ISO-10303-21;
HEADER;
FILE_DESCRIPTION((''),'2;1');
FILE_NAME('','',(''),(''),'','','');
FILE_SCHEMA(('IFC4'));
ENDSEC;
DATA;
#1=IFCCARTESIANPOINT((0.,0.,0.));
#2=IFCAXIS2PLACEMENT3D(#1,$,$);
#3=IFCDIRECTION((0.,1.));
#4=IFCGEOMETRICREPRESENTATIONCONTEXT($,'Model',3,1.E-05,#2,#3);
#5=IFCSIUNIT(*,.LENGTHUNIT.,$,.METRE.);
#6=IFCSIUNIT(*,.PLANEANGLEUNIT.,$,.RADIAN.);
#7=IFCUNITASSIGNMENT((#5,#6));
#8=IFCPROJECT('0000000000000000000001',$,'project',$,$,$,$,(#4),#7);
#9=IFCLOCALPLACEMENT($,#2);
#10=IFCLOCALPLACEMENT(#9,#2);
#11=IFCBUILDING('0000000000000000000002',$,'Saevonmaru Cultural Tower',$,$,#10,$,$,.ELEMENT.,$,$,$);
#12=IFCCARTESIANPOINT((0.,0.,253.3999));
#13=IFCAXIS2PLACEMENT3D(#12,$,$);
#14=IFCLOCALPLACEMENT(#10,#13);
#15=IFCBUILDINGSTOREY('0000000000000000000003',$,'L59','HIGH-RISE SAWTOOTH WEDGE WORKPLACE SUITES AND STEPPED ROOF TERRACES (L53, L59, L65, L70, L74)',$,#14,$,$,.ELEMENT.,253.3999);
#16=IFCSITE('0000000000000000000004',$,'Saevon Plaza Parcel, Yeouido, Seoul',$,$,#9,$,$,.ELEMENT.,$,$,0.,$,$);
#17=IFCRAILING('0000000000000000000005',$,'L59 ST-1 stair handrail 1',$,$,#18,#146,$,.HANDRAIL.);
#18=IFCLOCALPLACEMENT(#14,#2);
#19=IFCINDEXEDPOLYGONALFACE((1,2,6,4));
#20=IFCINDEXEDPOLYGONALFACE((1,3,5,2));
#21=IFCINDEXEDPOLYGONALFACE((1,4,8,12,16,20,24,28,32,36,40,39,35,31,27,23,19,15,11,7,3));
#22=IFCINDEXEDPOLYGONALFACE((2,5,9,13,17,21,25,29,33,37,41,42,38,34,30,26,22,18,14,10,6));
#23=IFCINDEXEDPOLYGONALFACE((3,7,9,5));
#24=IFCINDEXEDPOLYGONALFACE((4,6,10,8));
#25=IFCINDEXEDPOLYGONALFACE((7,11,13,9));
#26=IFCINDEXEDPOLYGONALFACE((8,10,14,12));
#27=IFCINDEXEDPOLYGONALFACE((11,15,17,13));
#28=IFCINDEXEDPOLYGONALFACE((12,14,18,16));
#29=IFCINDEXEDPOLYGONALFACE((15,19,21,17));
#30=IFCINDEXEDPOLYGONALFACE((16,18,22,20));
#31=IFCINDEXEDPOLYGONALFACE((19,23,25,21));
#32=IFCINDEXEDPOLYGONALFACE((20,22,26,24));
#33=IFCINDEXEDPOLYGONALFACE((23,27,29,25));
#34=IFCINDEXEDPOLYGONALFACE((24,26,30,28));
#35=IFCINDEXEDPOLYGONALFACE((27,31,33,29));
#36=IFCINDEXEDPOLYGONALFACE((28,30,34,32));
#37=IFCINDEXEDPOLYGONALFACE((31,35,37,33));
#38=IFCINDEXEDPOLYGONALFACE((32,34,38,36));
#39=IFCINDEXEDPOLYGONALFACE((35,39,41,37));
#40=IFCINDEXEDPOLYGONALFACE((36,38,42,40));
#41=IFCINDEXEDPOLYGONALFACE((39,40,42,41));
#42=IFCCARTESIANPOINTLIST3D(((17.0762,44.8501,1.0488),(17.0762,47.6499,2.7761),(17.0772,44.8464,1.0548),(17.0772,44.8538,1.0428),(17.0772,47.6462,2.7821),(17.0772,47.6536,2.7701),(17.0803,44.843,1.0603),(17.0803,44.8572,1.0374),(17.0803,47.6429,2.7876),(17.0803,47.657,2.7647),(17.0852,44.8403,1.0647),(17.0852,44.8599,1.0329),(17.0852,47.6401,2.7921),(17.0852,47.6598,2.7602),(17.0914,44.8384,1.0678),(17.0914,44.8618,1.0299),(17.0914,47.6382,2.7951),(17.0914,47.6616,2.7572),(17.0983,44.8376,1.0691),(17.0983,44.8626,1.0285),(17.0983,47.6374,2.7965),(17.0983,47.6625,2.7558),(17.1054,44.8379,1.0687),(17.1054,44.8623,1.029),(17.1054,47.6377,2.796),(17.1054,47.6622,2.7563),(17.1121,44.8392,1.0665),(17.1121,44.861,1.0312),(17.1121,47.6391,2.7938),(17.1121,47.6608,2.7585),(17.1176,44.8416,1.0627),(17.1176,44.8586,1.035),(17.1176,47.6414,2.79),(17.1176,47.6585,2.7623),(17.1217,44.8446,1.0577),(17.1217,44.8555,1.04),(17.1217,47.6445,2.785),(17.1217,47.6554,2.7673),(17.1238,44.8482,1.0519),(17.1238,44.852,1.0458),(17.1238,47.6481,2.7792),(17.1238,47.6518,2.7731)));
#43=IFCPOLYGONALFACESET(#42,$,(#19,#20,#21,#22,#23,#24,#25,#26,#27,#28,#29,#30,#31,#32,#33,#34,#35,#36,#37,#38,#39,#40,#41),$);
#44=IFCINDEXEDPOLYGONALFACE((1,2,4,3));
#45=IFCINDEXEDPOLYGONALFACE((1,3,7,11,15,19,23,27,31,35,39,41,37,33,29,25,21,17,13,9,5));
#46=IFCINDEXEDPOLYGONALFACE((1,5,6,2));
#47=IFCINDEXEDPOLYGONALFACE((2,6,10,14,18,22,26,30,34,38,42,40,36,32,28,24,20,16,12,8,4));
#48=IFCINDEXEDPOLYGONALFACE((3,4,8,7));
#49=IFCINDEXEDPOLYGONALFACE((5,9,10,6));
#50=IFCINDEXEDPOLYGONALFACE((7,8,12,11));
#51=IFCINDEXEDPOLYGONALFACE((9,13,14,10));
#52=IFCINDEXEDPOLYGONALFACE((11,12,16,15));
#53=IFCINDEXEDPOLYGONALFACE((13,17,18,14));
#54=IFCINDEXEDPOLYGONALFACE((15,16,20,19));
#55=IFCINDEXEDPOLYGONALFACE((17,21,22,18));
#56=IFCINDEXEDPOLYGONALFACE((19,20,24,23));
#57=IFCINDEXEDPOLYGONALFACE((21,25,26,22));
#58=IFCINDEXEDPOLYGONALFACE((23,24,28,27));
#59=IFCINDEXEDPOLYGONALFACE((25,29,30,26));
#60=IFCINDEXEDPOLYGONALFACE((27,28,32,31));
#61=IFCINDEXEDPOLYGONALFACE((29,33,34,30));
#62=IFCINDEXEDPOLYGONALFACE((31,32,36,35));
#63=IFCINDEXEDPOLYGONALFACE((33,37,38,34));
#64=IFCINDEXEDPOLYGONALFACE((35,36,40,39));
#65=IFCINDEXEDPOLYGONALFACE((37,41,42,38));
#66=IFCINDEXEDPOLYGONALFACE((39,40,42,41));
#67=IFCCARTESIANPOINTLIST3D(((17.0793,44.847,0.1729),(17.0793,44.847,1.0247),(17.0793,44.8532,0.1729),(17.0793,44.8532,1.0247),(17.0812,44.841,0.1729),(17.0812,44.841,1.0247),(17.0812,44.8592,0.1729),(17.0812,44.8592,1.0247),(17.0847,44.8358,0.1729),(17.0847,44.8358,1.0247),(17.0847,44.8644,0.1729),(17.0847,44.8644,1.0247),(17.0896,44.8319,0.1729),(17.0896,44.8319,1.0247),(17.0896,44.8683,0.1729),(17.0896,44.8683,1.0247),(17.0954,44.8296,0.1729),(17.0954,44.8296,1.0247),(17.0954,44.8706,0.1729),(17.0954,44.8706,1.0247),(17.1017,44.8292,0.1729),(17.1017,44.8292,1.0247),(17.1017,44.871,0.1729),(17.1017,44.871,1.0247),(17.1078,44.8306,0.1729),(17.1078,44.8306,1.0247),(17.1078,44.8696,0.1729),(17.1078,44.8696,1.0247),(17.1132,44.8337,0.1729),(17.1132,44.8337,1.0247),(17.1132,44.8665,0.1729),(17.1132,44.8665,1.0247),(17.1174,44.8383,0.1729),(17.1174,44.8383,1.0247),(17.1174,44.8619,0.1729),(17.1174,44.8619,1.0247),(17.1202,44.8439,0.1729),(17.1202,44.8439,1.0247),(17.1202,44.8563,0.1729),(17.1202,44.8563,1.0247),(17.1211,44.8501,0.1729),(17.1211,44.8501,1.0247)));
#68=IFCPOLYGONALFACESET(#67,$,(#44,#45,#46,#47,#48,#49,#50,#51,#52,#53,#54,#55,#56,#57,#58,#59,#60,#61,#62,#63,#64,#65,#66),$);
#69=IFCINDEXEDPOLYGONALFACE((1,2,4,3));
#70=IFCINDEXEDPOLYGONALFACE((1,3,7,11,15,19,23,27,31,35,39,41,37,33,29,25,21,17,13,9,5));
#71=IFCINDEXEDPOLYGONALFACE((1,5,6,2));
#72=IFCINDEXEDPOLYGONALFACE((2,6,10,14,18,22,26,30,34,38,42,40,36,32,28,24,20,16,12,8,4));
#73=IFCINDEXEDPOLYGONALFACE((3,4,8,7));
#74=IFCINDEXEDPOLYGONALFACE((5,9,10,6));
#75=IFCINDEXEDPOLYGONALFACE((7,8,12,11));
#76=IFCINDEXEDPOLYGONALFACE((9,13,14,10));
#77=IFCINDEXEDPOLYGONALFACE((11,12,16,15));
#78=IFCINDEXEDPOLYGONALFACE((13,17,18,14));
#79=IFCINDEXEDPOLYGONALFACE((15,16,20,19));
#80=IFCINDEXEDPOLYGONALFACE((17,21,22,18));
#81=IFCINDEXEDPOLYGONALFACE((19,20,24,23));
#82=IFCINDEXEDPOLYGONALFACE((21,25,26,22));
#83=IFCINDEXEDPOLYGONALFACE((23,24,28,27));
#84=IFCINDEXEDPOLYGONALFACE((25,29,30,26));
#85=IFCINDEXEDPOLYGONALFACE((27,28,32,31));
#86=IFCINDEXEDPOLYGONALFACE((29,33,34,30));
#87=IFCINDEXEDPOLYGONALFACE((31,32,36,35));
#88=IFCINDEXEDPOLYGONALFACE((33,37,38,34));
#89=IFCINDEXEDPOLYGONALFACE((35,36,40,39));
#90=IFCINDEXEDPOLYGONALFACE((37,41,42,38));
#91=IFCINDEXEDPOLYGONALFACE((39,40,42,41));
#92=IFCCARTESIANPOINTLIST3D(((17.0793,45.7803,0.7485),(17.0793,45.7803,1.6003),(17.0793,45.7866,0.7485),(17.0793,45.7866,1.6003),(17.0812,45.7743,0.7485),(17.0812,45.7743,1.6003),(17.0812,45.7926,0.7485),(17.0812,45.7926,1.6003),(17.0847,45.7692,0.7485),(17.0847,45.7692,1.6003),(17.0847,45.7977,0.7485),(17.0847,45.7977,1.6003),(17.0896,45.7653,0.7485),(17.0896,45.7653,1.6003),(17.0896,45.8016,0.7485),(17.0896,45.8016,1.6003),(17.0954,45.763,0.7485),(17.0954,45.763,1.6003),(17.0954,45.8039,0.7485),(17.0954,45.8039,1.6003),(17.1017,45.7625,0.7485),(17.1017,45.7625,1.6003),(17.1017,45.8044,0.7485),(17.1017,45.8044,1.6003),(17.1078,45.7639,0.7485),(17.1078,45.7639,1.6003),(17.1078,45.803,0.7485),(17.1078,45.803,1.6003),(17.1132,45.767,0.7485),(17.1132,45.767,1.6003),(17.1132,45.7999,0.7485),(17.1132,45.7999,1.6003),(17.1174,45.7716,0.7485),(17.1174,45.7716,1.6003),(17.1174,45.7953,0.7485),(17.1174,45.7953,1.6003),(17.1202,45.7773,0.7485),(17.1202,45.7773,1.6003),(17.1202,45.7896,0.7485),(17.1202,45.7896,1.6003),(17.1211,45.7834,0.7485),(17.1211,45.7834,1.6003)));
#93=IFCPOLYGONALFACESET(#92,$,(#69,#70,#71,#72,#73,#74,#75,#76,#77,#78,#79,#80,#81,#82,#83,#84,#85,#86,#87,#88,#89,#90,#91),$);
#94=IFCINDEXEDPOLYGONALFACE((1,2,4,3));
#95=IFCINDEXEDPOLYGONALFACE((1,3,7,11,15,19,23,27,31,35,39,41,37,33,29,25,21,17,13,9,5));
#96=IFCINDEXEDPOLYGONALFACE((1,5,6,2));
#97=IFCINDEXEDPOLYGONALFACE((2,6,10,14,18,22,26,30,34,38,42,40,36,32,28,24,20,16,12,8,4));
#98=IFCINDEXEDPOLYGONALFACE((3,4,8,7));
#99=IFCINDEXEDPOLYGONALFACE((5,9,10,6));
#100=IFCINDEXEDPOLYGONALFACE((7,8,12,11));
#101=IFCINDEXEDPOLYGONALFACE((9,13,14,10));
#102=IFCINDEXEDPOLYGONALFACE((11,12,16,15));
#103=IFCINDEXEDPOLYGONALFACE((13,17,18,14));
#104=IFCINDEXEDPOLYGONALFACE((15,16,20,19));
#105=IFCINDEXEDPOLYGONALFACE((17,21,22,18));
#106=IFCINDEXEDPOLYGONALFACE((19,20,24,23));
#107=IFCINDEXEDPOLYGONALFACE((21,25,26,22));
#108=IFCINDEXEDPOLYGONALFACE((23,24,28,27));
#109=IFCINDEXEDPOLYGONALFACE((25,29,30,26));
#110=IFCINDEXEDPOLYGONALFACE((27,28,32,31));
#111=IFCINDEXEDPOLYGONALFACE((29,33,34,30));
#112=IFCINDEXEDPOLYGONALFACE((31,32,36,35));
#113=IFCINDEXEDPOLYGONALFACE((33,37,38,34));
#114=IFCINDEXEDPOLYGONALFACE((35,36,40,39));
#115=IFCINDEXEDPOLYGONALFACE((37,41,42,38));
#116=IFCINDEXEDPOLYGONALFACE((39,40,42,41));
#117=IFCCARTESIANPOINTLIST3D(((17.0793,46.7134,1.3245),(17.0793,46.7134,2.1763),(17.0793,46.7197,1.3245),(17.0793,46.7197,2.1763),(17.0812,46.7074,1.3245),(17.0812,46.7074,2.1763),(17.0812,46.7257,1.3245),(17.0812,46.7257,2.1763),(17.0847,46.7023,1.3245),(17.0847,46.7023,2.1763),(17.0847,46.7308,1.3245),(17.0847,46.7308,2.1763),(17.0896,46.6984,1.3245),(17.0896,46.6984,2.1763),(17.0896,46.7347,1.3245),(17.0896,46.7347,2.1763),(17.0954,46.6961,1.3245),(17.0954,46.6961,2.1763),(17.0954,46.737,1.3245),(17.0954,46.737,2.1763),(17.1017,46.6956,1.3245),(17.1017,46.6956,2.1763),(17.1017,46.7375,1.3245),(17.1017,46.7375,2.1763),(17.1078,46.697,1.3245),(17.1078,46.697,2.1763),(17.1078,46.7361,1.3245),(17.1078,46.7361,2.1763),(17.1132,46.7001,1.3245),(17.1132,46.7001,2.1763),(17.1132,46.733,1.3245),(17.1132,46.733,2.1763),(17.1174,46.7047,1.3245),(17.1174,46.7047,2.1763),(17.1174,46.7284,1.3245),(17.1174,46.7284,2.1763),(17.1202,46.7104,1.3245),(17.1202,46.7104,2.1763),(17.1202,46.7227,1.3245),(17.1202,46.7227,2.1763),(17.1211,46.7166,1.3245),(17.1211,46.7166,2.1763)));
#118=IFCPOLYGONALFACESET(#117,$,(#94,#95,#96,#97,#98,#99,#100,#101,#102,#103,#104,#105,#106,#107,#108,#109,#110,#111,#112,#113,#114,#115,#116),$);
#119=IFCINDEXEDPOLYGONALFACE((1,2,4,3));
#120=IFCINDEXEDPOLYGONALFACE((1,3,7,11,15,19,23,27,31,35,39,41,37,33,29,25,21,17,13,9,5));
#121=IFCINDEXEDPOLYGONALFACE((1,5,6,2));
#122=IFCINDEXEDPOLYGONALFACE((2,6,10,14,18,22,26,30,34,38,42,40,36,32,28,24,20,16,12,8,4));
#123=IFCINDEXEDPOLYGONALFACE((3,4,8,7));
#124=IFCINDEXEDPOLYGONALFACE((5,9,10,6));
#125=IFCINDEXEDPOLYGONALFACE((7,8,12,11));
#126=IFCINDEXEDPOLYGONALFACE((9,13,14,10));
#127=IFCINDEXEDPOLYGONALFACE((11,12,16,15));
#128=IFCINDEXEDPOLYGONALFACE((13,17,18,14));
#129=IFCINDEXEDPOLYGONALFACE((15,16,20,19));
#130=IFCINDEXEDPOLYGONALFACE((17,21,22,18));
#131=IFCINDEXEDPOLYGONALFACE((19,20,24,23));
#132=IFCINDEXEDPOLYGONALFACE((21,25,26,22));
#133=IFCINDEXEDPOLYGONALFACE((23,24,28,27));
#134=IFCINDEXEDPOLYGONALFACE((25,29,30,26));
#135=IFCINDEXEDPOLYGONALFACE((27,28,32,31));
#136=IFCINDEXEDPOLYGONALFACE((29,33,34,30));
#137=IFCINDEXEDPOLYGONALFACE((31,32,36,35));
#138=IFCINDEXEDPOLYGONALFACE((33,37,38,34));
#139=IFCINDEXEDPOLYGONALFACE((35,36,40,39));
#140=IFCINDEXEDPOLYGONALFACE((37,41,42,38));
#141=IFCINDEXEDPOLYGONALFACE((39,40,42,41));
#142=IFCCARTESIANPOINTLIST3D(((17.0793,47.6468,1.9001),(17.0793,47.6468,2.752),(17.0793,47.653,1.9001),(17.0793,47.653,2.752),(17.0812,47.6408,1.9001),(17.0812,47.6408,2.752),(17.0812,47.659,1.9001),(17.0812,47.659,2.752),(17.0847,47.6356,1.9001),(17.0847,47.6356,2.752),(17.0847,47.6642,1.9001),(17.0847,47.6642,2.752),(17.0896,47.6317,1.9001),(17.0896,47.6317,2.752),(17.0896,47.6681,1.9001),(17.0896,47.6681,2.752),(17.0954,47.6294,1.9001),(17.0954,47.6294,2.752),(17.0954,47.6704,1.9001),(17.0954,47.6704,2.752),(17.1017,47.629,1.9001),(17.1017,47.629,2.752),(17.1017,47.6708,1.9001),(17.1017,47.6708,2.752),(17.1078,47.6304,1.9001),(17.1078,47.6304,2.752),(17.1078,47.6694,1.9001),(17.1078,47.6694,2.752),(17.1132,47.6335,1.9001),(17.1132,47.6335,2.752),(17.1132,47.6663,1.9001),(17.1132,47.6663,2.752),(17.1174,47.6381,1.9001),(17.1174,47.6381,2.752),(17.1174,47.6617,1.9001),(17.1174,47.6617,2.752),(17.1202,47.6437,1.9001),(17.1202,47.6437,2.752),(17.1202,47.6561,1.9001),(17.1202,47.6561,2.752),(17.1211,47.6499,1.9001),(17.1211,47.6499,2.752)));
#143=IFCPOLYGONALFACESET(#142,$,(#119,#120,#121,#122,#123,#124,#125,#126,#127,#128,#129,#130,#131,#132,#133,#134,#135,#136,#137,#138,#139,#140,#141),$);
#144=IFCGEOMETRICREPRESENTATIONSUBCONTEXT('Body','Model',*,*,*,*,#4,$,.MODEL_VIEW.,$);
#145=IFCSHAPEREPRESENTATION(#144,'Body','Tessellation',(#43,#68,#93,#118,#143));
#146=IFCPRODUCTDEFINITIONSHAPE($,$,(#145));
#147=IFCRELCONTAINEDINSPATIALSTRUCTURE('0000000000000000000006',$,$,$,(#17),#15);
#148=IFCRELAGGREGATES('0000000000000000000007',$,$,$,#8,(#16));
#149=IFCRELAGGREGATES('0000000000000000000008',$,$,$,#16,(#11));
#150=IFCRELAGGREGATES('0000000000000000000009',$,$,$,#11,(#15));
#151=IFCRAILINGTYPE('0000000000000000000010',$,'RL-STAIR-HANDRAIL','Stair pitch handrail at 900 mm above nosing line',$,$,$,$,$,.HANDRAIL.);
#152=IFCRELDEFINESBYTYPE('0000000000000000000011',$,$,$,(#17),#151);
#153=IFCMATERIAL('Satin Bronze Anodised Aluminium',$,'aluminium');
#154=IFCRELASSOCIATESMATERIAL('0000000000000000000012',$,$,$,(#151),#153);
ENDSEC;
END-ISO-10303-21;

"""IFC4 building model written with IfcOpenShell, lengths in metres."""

from ifc_helpers import new_model, si_unit, direction, frame, origin, origin_2d, place, context, subcontext, project, spatial, circle, extrude, material, type_object, element, save


model = new_model("IFC4")

# Units and contexts
model_context = context("Model", 3, precision=1e-05, world=origin(), true_north=direction((0.0, 1.0)))
body_context = subcontext(model_context, "Body", "Model", "MODEL_VIEW")
ifc_project = project(units=[si_unit("LENGTHUNIT", "METRE"), si_unit("PLANEANGLEUNIT", "RADIAN")], contexts=[model_context])

# Site, building, storey
site_placement = place(None, origin())
site = spatial("IfcSite", under=ifc_project, at=site_placement, Name="Saevon Plaza Parcel, Yeouido, Seoul", CompositionType="ELEMENT", RefElevation=0.0)
building_placement = place(site_placement, origin())
building = spatial("IfcBuilding", under=site, at=building_placement, Name="Saevonmaru Cultural Tower", CompositionType="ELEMENT")
storey_placement = place(building_placement, frame((0.0, 0.0, 253.3999)))
storey = spatial("IfcBuildingStorey", under=building, at=storey_placement, Name="L59", Description="HIGH-RISE SAWTOOTH WEDGE WORKPLACE SUITES AND STEPPED ROOF TERRACES (L53, L59, L65, L70, L74)", CompositionType="ELEMENT", Elevation=253.3999)

# Shared definitions
ifc_material_1 = material(Name="Satin Bronze Anodised Aluminium", Category="aluminium")

# Railing
railing_type_1 = type_object("IfcRailingType", Name="RL-STAIR-HANDRAIL", Description="Stair pitch handrail at 900 mm above nosing line", PredefinedType="HANDRAIL", material=ifc_material_1)
railing_1_placement = place(storey_placement, frame((17.1001, 44.8501, 0.1729)))
element("IfcRailing", 1, at=railing_1_placement, inside=storey, type_object=railing_type_1, Name="L59 ST-1 stair handrail 1", PredefinedType="HANDRAIL", context=body_context, shape_type="SweptSolid", body=[
    extrude(circle(Radius=0.0239, at=origin_2d()), frame((0.0, 0.0, 0.876), z_axis=(0.0, 0.851069, 0.525054), x_axis=(-1.0, 0.0, 0.0)), (0.0, 0.0, 1.0), 3.2898),
    extrude(circle(Radius=0.021, at=origin_2d()), origin(), (0.0, 0.0, 1.0), 0.8518),
    extrude(circle(Radius=0.021, at=origin_2d()), frame((0.0, 0.9333, 0.5757)), (0.0, 0.0, 1.0), 0.8518),
    extrude(circle(Radius=0.021, at=origin_2d()), frame((0.0, 1.8665, 1.1516)), (0.0, 0.0, 1.0), 0.8518),
    extrude(circle(Radius=0.021, at=origin_2d()), frame((0.0, 2.7998, 1.7273)), (0.0, 0.0, 1.0), 0.8518),
])

save(model, "model.ifc")
